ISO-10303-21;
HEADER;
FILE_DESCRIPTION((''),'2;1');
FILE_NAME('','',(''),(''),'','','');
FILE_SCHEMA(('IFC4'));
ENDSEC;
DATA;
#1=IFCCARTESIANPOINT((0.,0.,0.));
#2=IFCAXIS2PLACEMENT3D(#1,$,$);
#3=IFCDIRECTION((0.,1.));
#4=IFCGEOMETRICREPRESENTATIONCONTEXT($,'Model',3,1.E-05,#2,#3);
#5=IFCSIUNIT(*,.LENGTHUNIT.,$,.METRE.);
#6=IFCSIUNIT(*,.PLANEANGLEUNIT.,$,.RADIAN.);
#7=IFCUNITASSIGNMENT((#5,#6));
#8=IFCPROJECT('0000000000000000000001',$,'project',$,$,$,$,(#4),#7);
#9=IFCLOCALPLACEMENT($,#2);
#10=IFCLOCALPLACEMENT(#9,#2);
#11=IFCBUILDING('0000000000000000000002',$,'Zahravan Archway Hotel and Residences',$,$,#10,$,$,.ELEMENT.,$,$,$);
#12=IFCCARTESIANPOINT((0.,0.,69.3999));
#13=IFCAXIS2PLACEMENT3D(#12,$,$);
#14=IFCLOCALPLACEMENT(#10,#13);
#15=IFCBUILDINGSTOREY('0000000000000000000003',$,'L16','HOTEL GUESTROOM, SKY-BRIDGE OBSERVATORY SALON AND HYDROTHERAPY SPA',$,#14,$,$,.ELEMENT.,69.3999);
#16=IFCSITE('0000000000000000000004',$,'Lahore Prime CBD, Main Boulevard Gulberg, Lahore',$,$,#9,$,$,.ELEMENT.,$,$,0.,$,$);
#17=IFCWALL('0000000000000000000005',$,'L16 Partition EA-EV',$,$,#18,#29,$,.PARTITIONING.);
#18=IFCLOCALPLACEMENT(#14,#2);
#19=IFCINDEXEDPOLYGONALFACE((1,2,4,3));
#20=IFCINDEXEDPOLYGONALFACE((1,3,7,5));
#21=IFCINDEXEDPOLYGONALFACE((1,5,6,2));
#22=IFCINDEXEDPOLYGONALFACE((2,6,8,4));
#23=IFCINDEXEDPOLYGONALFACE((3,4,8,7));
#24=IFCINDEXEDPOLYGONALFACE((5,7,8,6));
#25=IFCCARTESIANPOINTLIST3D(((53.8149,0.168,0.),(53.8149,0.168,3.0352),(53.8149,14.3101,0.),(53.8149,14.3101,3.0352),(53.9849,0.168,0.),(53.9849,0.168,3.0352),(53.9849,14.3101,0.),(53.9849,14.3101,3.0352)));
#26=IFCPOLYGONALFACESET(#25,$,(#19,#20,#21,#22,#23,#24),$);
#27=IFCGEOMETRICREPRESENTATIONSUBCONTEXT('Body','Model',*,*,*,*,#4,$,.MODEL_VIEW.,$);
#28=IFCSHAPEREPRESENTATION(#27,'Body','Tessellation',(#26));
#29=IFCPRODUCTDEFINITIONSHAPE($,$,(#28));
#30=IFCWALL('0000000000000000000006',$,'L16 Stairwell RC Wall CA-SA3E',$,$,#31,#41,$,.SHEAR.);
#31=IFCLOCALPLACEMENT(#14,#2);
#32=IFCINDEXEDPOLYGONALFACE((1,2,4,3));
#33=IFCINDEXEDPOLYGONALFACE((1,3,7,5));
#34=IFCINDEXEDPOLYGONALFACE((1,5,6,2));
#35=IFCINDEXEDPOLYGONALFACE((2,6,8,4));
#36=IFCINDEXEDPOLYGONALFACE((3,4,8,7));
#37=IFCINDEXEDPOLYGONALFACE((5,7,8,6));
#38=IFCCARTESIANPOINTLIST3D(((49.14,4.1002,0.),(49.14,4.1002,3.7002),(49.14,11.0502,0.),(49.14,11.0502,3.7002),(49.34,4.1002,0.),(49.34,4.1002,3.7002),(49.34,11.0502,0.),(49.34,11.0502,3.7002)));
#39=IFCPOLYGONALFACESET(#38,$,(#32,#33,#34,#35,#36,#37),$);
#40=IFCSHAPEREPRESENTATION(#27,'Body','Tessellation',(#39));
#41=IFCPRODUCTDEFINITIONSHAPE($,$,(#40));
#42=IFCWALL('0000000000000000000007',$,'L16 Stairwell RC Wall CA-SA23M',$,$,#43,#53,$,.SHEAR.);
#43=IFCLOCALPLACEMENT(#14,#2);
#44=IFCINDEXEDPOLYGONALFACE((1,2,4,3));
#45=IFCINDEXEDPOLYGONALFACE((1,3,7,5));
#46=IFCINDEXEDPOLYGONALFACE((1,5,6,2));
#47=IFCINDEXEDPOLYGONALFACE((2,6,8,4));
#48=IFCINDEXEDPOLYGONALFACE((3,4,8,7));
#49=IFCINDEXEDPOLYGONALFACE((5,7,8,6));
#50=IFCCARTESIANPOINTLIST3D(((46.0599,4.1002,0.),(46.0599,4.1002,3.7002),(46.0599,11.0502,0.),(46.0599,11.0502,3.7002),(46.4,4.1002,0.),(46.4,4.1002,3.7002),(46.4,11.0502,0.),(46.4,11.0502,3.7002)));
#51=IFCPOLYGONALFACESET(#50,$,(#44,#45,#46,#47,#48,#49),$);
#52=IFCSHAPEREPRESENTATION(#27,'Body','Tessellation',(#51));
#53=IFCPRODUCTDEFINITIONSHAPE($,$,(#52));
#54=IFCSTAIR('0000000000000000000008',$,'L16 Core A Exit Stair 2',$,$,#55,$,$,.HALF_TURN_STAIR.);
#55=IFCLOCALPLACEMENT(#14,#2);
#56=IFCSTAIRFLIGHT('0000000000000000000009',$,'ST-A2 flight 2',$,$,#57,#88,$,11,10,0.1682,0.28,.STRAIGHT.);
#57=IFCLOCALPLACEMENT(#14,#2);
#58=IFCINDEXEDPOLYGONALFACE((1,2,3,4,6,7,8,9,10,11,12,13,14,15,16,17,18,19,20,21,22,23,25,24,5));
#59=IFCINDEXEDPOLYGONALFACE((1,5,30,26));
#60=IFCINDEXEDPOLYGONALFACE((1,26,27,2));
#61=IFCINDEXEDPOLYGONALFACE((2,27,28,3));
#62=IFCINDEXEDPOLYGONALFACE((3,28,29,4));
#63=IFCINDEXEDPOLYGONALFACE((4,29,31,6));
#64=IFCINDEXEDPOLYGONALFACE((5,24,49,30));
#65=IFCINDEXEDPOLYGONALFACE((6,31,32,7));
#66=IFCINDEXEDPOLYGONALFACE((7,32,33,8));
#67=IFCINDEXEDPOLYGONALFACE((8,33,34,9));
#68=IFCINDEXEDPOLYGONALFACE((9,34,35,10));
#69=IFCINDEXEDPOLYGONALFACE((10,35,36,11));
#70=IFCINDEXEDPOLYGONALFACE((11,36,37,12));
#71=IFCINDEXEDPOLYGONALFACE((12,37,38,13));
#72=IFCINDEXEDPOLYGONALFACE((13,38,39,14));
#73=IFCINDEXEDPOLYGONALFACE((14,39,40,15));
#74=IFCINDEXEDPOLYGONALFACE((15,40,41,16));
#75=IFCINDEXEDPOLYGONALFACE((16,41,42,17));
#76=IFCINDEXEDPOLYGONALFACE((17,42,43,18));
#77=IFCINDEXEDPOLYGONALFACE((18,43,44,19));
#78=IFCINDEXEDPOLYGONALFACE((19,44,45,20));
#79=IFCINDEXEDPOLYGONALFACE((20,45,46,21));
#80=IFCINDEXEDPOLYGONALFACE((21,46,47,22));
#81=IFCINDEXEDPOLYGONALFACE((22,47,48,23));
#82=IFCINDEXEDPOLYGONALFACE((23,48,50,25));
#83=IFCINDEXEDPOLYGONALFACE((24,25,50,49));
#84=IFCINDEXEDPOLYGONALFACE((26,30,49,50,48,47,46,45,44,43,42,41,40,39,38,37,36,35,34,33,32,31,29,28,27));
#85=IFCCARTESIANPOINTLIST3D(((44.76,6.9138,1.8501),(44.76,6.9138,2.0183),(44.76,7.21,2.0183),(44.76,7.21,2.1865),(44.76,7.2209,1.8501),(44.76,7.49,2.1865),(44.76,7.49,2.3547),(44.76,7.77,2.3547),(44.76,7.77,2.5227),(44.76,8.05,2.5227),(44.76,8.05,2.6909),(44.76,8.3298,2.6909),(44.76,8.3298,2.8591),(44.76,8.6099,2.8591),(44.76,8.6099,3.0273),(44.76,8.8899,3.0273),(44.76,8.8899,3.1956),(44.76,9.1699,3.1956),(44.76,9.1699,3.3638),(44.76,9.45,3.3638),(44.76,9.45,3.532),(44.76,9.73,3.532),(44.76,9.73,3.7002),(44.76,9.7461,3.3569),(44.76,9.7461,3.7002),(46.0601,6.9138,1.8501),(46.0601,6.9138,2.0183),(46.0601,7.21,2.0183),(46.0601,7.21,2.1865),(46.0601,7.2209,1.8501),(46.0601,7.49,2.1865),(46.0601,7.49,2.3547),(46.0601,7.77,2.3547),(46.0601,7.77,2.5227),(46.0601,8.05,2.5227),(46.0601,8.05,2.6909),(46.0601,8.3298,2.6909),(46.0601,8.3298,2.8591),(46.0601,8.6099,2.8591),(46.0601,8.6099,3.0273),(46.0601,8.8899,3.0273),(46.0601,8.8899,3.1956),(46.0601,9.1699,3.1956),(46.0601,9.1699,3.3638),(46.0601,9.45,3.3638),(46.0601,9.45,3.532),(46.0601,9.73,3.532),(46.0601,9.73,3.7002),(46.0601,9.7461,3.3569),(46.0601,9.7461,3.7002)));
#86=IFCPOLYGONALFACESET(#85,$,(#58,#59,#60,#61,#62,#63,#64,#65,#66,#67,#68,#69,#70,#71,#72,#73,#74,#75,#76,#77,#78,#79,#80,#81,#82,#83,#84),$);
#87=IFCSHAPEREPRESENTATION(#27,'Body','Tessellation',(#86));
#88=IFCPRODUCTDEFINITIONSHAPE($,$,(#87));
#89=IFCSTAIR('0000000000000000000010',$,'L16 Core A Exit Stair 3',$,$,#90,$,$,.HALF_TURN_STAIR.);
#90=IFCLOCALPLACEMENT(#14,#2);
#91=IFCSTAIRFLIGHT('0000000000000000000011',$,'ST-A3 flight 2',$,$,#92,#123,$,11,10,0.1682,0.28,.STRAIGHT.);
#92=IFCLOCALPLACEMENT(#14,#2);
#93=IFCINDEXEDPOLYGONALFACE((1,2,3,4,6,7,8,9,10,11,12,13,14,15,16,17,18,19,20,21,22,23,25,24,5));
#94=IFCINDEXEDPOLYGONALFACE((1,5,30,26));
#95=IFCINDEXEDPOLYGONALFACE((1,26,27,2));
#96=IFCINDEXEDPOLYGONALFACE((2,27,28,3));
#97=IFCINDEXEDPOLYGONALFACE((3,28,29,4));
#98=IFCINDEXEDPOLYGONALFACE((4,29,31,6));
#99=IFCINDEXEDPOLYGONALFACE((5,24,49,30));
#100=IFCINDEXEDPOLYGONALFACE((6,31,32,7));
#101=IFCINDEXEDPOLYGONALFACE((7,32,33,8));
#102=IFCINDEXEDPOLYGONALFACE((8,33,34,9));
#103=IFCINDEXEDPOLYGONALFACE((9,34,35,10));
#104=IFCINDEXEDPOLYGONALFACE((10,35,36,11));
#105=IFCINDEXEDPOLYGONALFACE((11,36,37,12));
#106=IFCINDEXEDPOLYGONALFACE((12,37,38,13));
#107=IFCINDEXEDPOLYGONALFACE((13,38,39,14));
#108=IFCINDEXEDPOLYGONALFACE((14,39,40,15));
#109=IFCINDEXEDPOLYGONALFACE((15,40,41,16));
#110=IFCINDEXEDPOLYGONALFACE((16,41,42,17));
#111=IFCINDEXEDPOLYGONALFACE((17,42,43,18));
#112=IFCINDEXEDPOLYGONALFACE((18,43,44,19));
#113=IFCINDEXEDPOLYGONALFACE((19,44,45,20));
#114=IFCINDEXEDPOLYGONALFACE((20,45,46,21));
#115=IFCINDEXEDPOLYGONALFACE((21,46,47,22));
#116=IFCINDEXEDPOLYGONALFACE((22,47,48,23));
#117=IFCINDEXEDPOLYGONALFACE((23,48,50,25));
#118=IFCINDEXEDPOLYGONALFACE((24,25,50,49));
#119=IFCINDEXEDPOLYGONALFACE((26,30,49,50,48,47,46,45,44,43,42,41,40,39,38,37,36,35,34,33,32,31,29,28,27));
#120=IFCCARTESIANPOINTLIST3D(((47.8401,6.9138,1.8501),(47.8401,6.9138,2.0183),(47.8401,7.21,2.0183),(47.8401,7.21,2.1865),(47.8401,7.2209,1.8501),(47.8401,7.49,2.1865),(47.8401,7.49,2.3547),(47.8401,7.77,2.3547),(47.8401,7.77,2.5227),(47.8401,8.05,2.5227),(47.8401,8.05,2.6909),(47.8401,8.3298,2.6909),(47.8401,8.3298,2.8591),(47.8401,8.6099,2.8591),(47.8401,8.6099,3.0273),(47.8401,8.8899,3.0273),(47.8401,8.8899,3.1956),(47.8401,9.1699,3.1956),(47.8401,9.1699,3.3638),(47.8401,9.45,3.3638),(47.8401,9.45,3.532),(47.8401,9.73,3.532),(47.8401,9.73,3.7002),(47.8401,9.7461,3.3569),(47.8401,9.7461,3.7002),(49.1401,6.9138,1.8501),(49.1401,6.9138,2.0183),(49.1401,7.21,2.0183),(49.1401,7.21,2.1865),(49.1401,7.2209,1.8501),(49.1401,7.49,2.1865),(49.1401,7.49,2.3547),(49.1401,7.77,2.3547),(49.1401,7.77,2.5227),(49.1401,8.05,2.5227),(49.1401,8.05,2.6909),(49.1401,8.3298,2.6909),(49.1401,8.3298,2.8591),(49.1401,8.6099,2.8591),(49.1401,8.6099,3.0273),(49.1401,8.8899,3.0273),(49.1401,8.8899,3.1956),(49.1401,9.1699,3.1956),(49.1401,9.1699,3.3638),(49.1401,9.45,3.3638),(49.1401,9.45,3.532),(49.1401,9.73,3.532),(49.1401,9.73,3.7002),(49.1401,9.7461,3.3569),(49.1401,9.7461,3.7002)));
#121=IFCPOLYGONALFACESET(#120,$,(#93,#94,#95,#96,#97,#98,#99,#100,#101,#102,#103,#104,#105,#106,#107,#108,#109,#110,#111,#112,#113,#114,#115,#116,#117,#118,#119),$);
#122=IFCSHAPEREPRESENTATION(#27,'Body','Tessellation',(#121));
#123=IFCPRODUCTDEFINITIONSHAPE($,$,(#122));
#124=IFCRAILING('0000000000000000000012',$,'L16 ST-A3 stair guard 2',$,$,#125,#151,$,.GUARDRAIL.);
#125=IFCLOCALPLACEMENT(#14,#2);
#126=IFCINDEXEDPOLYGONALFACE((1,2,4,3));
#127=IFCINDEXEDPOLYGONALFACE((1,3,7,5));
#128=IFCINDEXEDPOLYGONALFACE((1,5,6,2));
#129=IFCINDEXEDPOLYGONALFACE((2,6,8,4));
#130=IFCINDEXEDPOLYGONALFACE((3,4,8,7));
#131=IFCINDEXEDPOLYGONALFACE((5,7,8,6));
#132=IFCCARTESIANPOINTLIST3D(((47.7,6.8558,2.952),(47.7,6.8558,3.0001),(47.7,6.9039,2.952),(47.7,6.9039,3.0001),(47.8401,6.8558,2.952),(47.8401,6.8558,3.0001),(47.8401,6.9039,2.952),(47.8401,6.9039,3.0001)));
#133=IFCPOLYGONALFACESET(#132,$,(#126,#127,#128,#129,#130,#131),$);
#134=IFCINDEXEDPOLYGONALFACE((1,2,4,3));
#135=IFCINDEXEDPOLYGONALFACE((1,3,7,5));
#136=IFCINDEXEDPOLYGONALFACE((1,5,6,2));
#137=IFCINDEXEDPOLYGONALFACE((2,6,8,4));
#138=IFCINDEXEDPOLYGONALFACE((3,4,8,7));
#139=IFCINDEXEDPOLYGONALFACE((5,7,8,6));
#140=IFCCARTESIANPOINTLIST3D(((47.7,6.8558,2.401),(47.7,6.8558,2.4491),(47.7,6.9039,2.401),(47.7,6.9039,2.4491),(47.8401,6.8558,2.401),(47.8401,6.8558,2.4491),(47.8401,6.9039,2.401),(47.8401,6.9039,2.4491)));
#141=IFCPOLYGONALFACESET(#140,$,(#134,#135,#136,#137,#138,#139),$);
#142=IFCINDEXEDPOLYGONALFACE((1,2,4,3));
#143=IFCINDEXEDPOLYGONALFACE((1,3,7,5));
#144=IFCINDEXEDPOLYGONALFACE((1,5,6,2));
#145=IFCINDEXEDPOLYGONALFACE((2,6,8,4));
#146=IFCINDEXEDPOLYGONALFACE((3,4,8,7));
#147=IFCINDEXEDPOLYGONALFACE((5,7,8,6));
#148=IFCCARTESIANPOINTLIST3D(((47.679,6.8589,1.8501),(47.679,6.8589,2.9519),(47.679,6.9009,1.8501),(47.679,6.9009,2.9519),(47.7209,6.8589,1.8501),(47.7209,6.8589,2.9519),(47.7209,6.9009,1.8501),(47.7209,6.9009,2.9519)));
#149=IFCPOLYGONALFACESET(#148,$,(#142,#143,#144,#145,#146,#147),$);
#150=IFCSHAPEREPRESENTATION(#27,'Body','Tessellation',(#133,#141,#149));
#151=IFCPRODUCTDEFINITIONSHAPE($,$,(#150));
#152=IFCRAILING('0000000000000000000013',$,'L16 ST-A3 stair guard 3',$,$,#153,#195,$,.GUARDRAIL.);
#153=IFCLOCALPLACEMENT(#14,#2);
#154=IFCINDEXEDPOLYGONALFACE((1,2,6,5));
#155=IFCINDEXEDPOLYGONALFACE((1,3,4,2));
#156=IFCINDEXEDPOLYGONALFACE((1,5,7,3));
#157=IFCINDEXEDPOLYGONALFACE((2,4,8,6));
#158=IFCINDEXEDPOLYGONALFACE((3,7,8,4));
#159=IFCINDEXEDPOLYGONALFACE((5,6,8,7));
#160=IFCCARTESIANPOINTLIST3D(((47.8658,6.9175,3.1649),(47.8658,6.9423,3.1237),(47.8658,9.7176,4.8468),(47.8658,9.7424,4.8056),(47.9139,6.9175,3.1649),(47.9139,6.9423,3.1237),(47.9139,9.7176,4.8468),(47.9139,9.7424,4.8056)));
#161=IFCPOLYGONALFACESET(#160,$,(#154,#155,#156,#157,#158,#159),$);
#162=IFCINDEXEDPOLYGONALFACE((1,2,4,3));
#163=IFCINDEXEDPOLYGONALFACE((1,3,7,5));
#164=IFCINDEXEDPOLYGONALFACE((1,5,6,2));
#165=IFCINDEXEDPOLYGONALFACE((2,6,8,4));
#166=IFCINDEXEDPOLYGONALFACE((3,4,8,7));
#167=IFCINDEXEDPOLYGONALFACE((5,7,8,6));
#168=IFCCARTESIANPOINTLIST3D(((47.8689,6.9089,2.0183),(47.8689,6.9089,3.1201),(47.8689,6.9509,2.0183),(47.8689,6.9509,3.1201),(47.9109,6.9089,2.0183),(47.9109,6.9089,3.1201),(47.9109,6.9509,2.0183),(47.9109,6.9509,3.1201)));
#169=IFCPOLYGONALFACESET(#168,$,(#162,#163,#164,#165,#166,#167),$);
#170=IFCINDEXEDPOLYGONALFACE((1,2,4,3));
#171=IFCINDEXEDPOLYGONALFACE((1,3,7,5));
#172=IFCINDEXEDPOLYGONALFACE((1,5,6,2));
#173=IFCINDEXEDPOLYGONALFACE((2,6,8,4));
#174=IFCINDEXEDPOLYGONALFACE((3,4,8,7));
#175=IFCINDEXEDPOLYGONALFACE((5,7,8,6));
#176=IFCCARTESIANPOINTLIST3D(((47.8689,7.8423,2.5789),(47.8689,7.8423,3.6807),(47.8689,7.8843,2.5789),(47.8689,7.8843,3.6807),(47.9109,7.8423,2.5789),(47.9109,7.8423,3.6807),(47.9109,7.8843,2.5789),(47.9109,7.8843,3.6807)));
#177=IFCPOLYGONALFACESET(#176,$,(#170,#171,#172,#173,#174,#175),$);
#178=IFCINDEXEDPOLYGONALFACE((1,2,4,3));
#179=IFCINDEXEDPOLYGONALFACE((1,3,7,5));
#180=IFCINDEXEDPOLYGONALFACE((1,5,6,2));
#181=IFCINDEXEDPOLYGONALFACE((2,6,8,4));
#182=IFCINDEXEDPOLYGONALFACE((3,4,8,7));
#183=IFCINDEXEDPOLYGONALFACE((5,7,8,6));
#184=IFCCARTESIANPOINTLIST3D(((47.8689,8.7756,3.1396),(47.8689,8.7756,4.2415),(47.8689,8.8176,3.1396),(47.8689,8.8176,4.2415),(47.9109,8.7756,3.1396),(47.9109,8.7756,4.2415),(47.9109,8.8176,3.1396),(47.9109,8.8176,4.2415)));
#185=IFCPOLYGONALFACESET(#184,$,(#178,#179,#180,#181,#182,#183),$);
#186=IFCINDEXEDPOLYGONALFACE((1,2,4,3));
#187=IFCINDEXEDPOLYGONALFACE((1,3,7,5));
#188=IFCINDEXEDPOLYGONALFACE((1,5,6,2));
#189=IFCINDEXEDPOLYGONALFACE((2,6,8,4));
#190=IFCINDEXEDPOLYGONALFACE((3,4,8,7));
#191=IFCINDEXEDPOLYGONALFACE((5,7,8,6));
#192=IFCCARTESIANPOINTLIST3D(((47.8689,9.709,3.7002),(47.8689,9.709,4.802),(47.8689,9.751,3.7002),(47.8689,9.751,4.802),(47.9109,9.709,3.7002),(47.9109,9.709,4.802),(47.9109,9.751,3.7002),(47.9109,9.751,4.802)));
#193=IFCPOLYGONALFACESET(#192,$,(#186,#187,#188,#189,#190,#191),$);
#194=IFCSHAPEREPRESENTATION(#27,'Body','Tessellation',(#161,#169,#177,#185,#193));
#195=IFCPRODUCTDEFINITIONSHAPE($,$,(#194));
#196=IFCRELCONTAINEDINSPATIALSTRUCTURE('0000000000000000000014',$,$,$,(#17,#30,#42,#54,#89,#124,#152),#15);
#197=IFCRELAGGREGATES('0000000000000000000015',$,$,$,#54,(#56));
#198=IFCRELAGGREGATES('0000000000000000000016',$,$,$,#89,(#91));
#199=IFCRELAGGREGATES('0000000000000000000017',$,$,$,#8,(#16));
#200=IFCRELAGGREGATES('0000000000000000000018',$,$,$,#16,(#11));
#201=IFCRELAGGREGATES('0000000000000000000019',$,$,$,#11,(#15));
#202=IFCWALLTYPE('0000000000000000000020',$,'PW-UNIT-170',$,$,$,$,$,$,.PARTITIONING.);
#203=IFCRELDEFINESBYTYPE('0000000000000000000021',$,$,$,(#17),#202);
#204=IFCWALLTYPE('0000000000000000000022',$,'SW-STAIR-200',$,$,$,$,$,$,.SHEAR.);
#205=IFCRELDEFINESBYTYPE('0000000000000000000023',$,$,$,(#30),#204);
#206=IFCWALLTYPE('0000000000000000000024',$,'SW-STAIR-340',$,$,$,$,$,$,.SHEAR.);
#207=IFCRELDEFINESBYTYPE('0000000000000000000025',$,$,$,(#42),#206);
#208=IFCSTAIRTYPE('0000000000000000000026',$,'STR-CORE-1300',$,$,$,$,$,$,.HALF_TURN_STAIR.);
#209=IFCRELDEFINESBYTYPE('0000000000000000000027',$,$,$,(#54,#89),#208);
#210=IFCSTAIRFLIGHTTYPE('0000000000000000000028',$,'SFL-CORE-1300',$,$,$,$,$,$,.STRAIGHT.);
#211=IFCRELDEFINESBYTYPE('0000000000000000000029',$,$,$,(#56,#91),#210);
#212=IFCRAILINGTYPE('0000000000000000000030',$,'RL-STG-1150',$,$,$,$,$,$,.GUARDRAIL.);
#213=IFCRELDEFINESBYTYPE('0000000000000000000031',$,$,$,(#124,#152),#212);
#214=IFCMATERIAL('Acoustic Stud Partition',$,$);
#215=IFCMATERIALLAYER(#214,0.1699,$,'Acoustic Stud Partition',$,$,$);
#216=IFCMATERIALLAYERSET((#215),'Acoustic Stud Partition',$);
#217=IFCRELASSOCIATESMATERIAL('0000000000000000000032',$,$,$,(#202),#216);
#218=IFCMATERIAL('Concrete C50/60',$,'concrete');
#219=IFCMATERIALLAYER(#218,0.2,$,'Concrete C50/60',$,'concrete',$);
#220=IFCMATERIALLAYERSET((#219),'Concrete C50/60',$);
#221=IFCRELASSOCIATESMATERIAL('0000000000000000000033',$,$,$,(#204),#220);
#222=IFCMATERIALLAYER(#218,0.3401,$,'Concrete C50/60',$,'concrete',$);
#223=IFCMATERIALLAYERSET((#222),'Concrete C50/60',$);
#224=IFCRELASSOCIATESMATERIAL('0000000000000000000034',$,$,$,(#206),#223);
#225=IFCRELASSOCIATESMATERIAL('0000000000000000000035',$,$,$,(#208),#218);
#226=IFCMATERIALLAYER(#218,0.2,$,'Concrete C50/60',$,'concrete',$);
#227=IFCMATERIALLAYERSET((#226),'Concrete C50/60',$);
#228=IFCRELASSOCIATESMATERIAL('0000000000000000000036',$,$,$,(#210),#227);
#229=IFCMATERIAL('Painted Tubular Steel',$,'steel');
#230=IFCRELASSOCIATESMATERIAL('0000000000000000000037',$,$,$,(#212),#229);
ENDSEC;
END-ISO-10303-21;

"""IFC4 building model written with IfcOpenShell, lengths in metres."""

from ifc_helpers import new_model, si_unit, direction, frame, frame_2d, origin, origin_2d, place, context, subcontext, project, spatial, polyline, rectangle, outline, extrude, source, transform, mapped, material, layer, layer_set, type_object, element, aggregate, save


model = new_model("IFC4")

# Units and contexts
model_context = context("Model", 3, precision=1e-05, world=origin(), true_north=direction((0.0, 1.0)))
body_context = subcontext(model_context, "Body", "Model", "MODEL_VIEW")
ifc_project = project(units=[si_unit("LENGTHUNIT", "METRE"), si_unit("PLANEANGLEUNIT", "RADIAN")], contexts=[model_context])

# Site, building, storey
site_placement = place(None, origin())
site = spatial("IfcSite", under=ifc_project, at=site_placement, Name="Lahore Prime CBD, Main Boulevard Gulberg, Lahore", CompositionType="ELEMENT", RefElevation=0.0)
building_placement = place(site_placement, origin())
building = spatial("IfcBuilding", under=site, at=building_placement, Name="Zahravan Archway Hotel and Residences", CompositionType="ELEMENT")
storey_placement = place(building_placement, frame((0.0, 0.0, 69.3999)))
storey = spatial("IfcBuildingStorey", under=building, at=storey_placement, Name="L16", Description="HOTEL GUESTROOM, SKY-BRIDGE OBSERVATORY SALON AND HYDROTHERAPY SPA", CompositionType="ELEMENT", Elevation=69.3999)

# Walls
ifc_material_1 = material(Name="Acoustic Stud Partition")
ifc_layer_1 = layer(ifc_material_1, 0.1699, Name="Acoustic Stud Partition")
ifc_layer_set_1 = layer_set([ifc_layer_1], Name="Acoustic Stud Partition")
wall_type_1 = type_object("IfcWallType", Name="PW-UNIT-170", PredefinedType="PARTITIONING", material=ifc_layer_set_1)
wall_1_placement = place(storey_placement, frame((53.8999, 0.168, 0.0), z_axis=(0.0, 0.0, 1.0), x_axis=(0.0, 1.0, 0.0)))
element("IfcWall", 1, at=wall_1_placement, inside=storey, type_object=wall_type_1, Name="L16 Partition EA-EV", PredefinedType="PARTITIONING", context=body_context, shape_type="SweptSolid", body=[
    extrude(rectangle(XDim=14.1421, YDim=0.1699, at=frame_2d((7.071, 0.0))), origin(), (0.0, 0.0, 1.0), 3.0352),
])
ifc_material_2 = material(Name="Concrete C50/60", Category="concrete")
ifc_layer_2 = layer(ifc_material_2, 0.2, Name="Concrete C50/60", Category="concrete")
ifc_layer_set_2 = layer_set([ifc_layer_2], Name="Concrete C50/60")
wall_type_2 = type_object("IfcWallType", Name="SW-STAIR-200", PredefinedType="SHEAR", material=ifc_layer_set_2)
wall_2_placement = place(storey_placement, frame((49.24, 4.1001, 0.0), z_axis=(0.0, 0.0, 1.0), x_axis=(0.0, 1.0, 0.0)))
element("IfcWall", 2, at=wall_2_placement, inside=storey, type_object=wall_type_2, Name="L16 Stairwell RC Wall CA-SA3E", PredefinedType="SHEAR", context=body_context, shape_type="SweptSolid", body=[
    extrude(rectangle(XDim=6.95, YDim=0.2, at=frame_2d((3.4751, 0.0))), origin(), (0.0, 0.0, 1.0), 3.7002),
])
ifc_layer_3 = layer(ifc_material_2, 0.3401, Name="Concrete C50/60", Category="concrete")
ifc_layer_set_3 = layer_set([ifc_layer_3], Name="Concrete C50/60")
wall_type_3 = type_object("IfcWallType", Name="SW-STAIR-340", PredefinedType="SHEAR", material=ifc_layer_set_3)
wall_3_placement = place(storey_placement, frame((46.23, 4.1001, 0.0), z_axis=(0.0, 0.0, 1.0), x_axis=(0.0, 1.0, 0.0)))
element("IfcWall", 3, at=wall_3_placement, inside=storey, type_object=wall_type_3, Name="L16 Stairwell RC Wall CA-SA23M", PredefinedType="SHEAR", context=body_context, shape_type="SweptSolid", body=[
    extrude(rectangle(XDim=6.95, YDim=0.3401, at=frame_2d((3.4751, 0.0))), origin(), (0.0, 0.0, 1.0), 3.7002),
])

# Stairs, stair flights
stair_type = type_object("IfcStairType", Name="STR-CORE-1300", PredefinedType="HALF_TURN_STAIR", material=ifc_material_2)
stair_1_placement = place(storey_placement, origin())
stair_1 = element("IfcStair", 4, at=stair_1_placement, inside=storey, type_object=stair_type, Name="L16 Core A Exit Stair 2", PredefinedType="HALF_TURN_STAIR")
ifc_layer_4 = layer(ifc_material_2, 0.2, Name="Concrete C50/60", Category="concrete")
ifc_layer_set_4 = layer_set([ifc_layer_4], Name="Concrete C50/60")
stair_flight_type = type_object("IfcStairFlightType", Name="SFL-CORE-1300", PredefinedType="STRAIGHT", material=ifc_layer_set_4)
shared_shape_1 = source(origin(), body_context, "Body", "SweptSolid", [
    extrude(outline(polyline([(-0.0161, 0.0), (-0.0161, 0.1682), (0.28, 0.1682), (0.28, 0.3364), (0.5601, 0.3364), (0.5601, 0.5046), (0.8401, 0.5046), (0.8401, 0.6726), (1.1201, 0.6726), (1.1201, 0.8408), (1.3999, 0.8408), (1.3999, 1.009), (1.6799, 1.009), (1.6799, 1.1772), (1.96, 1.1772), (1.96, 1.3455), (2.24, 1.3455), (2.24, 1.5137), (2.52, 1.5137), (2.52, 1.6819), (2.8, 1.6819), (2.8, 1.8501), (2.8162, 1.8501), (2.8162, 1.5068), (0.291, 0.0), (-0.0161, 0.0)])), frame((0.0, 0.6499, 0.0), z_axis=(0.0, -1.0, 0.0), x_axis=(1.0, 0.0, 0.0)), (0.0, 0.0, 1.0), 1.3),
])
stair_flight_1_placement = place(storey_placement, frame((45.4099, 6.9299, 1.8501), z_axis=(0.0, 0.0, 1.0), x_axis=(0.0, 1.0, 0.0)))
stair_flight_1 = element("IfcStairFlight", 5, at=stair_flight_1_placement, type_object=stair_flight_type, Name="ST-A2 flight 2", NumberOfRisers=11, NumberOfTreads=10, PredefinedType="STRAIGHT", RiserHeight=0.1682, TreadLength=0.28, context=body_context, shape_type="MappedRepresentation", body=[
    mapped(shared_shape_1, transform((0.0, 0.0, 0.0), scale=1.0)),
])
aggregate(stair_1, [stair_flight_1])
stair_2_placement = place(storey_placement, origin())
stair_2 = element("IfcStair", 6, at=stair_2_placement, inside=storey, type_object=stair_type, Name="L16 Core A Exit Stair 3", PredefinedType="HALF_TURN_STAIR")
stair_flight_2_placement = place(storey_placement, frame((48.49, 6.9299, 1.8501), z_axis=(0.0, 0.0, 1.0), x_axis=(0.0, 1.0, 0.0)))
stair_flight_2 = element("IfcStairFlight", 7, at=stair_flight_2_placement, type_object=stair_flight_type, Name="ST-A3 flight 2", NumberOfRisers=11, NumberOfTreads=10, PredefinedType="STRAIGHT", RiserHeight=0.1682, TreadLength=0.28, context=body_context, shape_type="MappedRepresentation", body=[
    mapped(shared_shape_1, transform((0.0, 0.0, 0.0), scale=1.0)),
])
aggregate(stair_2, [stair_flight_2])

# Railings
ifc_material_3 = material(Name="Painted Tubular Steel", Category="steel")
railing_type_1 = type_object("IfcRailingType", Name="RL-STG-1150", PredefinedType="GUARDRAIL", material=ifc_material_3)
railing_1_placement = place(storey_placement, frame((47.7, 6.8799, 1.8501)))
element("IfcRailing", 8, at=railing_1_placement, inside=storey, type_object=railing_type_1, Name="L16 ST-A3 stair guard 2", PredefinedType="GUARDRAIL", context=body_context, shape_type="SweptSolid", body=[
    extrude(rectangle(XDim=0.0481, YDim=0.0481, at=origin_2d()), frame((0.0, 0.0, 1.126), z_axis=(1.0, 0.0, 0.0), x_axis=(0.0, 1.0, 0.0)), (0.0, 0.0, 1.0), 0.1401),
    extrude(rectangle(XDim=0.0481, YDim=0.0481, at=origin_2d()), frame((0.0, 0.0, 0.575), z_axis=(1.0, 0.0, 0.0), x_axis=(0.0, 1.0, 0.0)), (0.0, 0.0, 1.0), 0.1401),
    extrude(rectangle(XDim=0.042, YDim=0.042, at=origin_2d()), origin(), (0.0, 0.0, 1.0), 1.1018),
])
railing_2_placement = place(storey_placement, frame((47.8899, 6.9299, 2.0183)))
element("IfcRailing", 9, at=railing_2_placement, inside=storey, type_object=railing_type_1, Name="L16 ST-A3 stair guard 3", PredefinedType="GUARDRAIL", context=body_context, shape_type="SweptSolid", body=[
    extrude(rectangle(XDim=0.0481, YDim=0.0481, at=origin_2d()), frame((0.0, 0.0, 1.126), z_axis=(0.0, 0.857242, 0.514913), x_axis=(-1.0, 0.0, 0.0)), (0.0, 0.0, 1.0), 3.2664),
    extrude(rectangle(XDim=0.042, YDim=0.042, at=origin_2d()), origin(), (0.0, 0.0, 1.0), 1.1018),
    extrude(rectangle(XDim=0.042, YDim=0.042, at=origin_2d()), frame((0.0, 0.9333, 0.5605)), (0.0, 0.0, 1.0), 1.1018),
    extrude(rectangle(XDim=0.042, YDim=0.042, at=origin_2d()), frame((0.0, 1.8667, 1.1213)), (0.0, 0.0, 1.0), 1.1018),
    extrude(rectangle(XDim=0.042, YDim=0.042, at=origin_2d()), frame((0.0, 2.8, 1.6819)), (0.0, 0.0, 1.0), 1.1018),
])

save(model, "model.ifc")
